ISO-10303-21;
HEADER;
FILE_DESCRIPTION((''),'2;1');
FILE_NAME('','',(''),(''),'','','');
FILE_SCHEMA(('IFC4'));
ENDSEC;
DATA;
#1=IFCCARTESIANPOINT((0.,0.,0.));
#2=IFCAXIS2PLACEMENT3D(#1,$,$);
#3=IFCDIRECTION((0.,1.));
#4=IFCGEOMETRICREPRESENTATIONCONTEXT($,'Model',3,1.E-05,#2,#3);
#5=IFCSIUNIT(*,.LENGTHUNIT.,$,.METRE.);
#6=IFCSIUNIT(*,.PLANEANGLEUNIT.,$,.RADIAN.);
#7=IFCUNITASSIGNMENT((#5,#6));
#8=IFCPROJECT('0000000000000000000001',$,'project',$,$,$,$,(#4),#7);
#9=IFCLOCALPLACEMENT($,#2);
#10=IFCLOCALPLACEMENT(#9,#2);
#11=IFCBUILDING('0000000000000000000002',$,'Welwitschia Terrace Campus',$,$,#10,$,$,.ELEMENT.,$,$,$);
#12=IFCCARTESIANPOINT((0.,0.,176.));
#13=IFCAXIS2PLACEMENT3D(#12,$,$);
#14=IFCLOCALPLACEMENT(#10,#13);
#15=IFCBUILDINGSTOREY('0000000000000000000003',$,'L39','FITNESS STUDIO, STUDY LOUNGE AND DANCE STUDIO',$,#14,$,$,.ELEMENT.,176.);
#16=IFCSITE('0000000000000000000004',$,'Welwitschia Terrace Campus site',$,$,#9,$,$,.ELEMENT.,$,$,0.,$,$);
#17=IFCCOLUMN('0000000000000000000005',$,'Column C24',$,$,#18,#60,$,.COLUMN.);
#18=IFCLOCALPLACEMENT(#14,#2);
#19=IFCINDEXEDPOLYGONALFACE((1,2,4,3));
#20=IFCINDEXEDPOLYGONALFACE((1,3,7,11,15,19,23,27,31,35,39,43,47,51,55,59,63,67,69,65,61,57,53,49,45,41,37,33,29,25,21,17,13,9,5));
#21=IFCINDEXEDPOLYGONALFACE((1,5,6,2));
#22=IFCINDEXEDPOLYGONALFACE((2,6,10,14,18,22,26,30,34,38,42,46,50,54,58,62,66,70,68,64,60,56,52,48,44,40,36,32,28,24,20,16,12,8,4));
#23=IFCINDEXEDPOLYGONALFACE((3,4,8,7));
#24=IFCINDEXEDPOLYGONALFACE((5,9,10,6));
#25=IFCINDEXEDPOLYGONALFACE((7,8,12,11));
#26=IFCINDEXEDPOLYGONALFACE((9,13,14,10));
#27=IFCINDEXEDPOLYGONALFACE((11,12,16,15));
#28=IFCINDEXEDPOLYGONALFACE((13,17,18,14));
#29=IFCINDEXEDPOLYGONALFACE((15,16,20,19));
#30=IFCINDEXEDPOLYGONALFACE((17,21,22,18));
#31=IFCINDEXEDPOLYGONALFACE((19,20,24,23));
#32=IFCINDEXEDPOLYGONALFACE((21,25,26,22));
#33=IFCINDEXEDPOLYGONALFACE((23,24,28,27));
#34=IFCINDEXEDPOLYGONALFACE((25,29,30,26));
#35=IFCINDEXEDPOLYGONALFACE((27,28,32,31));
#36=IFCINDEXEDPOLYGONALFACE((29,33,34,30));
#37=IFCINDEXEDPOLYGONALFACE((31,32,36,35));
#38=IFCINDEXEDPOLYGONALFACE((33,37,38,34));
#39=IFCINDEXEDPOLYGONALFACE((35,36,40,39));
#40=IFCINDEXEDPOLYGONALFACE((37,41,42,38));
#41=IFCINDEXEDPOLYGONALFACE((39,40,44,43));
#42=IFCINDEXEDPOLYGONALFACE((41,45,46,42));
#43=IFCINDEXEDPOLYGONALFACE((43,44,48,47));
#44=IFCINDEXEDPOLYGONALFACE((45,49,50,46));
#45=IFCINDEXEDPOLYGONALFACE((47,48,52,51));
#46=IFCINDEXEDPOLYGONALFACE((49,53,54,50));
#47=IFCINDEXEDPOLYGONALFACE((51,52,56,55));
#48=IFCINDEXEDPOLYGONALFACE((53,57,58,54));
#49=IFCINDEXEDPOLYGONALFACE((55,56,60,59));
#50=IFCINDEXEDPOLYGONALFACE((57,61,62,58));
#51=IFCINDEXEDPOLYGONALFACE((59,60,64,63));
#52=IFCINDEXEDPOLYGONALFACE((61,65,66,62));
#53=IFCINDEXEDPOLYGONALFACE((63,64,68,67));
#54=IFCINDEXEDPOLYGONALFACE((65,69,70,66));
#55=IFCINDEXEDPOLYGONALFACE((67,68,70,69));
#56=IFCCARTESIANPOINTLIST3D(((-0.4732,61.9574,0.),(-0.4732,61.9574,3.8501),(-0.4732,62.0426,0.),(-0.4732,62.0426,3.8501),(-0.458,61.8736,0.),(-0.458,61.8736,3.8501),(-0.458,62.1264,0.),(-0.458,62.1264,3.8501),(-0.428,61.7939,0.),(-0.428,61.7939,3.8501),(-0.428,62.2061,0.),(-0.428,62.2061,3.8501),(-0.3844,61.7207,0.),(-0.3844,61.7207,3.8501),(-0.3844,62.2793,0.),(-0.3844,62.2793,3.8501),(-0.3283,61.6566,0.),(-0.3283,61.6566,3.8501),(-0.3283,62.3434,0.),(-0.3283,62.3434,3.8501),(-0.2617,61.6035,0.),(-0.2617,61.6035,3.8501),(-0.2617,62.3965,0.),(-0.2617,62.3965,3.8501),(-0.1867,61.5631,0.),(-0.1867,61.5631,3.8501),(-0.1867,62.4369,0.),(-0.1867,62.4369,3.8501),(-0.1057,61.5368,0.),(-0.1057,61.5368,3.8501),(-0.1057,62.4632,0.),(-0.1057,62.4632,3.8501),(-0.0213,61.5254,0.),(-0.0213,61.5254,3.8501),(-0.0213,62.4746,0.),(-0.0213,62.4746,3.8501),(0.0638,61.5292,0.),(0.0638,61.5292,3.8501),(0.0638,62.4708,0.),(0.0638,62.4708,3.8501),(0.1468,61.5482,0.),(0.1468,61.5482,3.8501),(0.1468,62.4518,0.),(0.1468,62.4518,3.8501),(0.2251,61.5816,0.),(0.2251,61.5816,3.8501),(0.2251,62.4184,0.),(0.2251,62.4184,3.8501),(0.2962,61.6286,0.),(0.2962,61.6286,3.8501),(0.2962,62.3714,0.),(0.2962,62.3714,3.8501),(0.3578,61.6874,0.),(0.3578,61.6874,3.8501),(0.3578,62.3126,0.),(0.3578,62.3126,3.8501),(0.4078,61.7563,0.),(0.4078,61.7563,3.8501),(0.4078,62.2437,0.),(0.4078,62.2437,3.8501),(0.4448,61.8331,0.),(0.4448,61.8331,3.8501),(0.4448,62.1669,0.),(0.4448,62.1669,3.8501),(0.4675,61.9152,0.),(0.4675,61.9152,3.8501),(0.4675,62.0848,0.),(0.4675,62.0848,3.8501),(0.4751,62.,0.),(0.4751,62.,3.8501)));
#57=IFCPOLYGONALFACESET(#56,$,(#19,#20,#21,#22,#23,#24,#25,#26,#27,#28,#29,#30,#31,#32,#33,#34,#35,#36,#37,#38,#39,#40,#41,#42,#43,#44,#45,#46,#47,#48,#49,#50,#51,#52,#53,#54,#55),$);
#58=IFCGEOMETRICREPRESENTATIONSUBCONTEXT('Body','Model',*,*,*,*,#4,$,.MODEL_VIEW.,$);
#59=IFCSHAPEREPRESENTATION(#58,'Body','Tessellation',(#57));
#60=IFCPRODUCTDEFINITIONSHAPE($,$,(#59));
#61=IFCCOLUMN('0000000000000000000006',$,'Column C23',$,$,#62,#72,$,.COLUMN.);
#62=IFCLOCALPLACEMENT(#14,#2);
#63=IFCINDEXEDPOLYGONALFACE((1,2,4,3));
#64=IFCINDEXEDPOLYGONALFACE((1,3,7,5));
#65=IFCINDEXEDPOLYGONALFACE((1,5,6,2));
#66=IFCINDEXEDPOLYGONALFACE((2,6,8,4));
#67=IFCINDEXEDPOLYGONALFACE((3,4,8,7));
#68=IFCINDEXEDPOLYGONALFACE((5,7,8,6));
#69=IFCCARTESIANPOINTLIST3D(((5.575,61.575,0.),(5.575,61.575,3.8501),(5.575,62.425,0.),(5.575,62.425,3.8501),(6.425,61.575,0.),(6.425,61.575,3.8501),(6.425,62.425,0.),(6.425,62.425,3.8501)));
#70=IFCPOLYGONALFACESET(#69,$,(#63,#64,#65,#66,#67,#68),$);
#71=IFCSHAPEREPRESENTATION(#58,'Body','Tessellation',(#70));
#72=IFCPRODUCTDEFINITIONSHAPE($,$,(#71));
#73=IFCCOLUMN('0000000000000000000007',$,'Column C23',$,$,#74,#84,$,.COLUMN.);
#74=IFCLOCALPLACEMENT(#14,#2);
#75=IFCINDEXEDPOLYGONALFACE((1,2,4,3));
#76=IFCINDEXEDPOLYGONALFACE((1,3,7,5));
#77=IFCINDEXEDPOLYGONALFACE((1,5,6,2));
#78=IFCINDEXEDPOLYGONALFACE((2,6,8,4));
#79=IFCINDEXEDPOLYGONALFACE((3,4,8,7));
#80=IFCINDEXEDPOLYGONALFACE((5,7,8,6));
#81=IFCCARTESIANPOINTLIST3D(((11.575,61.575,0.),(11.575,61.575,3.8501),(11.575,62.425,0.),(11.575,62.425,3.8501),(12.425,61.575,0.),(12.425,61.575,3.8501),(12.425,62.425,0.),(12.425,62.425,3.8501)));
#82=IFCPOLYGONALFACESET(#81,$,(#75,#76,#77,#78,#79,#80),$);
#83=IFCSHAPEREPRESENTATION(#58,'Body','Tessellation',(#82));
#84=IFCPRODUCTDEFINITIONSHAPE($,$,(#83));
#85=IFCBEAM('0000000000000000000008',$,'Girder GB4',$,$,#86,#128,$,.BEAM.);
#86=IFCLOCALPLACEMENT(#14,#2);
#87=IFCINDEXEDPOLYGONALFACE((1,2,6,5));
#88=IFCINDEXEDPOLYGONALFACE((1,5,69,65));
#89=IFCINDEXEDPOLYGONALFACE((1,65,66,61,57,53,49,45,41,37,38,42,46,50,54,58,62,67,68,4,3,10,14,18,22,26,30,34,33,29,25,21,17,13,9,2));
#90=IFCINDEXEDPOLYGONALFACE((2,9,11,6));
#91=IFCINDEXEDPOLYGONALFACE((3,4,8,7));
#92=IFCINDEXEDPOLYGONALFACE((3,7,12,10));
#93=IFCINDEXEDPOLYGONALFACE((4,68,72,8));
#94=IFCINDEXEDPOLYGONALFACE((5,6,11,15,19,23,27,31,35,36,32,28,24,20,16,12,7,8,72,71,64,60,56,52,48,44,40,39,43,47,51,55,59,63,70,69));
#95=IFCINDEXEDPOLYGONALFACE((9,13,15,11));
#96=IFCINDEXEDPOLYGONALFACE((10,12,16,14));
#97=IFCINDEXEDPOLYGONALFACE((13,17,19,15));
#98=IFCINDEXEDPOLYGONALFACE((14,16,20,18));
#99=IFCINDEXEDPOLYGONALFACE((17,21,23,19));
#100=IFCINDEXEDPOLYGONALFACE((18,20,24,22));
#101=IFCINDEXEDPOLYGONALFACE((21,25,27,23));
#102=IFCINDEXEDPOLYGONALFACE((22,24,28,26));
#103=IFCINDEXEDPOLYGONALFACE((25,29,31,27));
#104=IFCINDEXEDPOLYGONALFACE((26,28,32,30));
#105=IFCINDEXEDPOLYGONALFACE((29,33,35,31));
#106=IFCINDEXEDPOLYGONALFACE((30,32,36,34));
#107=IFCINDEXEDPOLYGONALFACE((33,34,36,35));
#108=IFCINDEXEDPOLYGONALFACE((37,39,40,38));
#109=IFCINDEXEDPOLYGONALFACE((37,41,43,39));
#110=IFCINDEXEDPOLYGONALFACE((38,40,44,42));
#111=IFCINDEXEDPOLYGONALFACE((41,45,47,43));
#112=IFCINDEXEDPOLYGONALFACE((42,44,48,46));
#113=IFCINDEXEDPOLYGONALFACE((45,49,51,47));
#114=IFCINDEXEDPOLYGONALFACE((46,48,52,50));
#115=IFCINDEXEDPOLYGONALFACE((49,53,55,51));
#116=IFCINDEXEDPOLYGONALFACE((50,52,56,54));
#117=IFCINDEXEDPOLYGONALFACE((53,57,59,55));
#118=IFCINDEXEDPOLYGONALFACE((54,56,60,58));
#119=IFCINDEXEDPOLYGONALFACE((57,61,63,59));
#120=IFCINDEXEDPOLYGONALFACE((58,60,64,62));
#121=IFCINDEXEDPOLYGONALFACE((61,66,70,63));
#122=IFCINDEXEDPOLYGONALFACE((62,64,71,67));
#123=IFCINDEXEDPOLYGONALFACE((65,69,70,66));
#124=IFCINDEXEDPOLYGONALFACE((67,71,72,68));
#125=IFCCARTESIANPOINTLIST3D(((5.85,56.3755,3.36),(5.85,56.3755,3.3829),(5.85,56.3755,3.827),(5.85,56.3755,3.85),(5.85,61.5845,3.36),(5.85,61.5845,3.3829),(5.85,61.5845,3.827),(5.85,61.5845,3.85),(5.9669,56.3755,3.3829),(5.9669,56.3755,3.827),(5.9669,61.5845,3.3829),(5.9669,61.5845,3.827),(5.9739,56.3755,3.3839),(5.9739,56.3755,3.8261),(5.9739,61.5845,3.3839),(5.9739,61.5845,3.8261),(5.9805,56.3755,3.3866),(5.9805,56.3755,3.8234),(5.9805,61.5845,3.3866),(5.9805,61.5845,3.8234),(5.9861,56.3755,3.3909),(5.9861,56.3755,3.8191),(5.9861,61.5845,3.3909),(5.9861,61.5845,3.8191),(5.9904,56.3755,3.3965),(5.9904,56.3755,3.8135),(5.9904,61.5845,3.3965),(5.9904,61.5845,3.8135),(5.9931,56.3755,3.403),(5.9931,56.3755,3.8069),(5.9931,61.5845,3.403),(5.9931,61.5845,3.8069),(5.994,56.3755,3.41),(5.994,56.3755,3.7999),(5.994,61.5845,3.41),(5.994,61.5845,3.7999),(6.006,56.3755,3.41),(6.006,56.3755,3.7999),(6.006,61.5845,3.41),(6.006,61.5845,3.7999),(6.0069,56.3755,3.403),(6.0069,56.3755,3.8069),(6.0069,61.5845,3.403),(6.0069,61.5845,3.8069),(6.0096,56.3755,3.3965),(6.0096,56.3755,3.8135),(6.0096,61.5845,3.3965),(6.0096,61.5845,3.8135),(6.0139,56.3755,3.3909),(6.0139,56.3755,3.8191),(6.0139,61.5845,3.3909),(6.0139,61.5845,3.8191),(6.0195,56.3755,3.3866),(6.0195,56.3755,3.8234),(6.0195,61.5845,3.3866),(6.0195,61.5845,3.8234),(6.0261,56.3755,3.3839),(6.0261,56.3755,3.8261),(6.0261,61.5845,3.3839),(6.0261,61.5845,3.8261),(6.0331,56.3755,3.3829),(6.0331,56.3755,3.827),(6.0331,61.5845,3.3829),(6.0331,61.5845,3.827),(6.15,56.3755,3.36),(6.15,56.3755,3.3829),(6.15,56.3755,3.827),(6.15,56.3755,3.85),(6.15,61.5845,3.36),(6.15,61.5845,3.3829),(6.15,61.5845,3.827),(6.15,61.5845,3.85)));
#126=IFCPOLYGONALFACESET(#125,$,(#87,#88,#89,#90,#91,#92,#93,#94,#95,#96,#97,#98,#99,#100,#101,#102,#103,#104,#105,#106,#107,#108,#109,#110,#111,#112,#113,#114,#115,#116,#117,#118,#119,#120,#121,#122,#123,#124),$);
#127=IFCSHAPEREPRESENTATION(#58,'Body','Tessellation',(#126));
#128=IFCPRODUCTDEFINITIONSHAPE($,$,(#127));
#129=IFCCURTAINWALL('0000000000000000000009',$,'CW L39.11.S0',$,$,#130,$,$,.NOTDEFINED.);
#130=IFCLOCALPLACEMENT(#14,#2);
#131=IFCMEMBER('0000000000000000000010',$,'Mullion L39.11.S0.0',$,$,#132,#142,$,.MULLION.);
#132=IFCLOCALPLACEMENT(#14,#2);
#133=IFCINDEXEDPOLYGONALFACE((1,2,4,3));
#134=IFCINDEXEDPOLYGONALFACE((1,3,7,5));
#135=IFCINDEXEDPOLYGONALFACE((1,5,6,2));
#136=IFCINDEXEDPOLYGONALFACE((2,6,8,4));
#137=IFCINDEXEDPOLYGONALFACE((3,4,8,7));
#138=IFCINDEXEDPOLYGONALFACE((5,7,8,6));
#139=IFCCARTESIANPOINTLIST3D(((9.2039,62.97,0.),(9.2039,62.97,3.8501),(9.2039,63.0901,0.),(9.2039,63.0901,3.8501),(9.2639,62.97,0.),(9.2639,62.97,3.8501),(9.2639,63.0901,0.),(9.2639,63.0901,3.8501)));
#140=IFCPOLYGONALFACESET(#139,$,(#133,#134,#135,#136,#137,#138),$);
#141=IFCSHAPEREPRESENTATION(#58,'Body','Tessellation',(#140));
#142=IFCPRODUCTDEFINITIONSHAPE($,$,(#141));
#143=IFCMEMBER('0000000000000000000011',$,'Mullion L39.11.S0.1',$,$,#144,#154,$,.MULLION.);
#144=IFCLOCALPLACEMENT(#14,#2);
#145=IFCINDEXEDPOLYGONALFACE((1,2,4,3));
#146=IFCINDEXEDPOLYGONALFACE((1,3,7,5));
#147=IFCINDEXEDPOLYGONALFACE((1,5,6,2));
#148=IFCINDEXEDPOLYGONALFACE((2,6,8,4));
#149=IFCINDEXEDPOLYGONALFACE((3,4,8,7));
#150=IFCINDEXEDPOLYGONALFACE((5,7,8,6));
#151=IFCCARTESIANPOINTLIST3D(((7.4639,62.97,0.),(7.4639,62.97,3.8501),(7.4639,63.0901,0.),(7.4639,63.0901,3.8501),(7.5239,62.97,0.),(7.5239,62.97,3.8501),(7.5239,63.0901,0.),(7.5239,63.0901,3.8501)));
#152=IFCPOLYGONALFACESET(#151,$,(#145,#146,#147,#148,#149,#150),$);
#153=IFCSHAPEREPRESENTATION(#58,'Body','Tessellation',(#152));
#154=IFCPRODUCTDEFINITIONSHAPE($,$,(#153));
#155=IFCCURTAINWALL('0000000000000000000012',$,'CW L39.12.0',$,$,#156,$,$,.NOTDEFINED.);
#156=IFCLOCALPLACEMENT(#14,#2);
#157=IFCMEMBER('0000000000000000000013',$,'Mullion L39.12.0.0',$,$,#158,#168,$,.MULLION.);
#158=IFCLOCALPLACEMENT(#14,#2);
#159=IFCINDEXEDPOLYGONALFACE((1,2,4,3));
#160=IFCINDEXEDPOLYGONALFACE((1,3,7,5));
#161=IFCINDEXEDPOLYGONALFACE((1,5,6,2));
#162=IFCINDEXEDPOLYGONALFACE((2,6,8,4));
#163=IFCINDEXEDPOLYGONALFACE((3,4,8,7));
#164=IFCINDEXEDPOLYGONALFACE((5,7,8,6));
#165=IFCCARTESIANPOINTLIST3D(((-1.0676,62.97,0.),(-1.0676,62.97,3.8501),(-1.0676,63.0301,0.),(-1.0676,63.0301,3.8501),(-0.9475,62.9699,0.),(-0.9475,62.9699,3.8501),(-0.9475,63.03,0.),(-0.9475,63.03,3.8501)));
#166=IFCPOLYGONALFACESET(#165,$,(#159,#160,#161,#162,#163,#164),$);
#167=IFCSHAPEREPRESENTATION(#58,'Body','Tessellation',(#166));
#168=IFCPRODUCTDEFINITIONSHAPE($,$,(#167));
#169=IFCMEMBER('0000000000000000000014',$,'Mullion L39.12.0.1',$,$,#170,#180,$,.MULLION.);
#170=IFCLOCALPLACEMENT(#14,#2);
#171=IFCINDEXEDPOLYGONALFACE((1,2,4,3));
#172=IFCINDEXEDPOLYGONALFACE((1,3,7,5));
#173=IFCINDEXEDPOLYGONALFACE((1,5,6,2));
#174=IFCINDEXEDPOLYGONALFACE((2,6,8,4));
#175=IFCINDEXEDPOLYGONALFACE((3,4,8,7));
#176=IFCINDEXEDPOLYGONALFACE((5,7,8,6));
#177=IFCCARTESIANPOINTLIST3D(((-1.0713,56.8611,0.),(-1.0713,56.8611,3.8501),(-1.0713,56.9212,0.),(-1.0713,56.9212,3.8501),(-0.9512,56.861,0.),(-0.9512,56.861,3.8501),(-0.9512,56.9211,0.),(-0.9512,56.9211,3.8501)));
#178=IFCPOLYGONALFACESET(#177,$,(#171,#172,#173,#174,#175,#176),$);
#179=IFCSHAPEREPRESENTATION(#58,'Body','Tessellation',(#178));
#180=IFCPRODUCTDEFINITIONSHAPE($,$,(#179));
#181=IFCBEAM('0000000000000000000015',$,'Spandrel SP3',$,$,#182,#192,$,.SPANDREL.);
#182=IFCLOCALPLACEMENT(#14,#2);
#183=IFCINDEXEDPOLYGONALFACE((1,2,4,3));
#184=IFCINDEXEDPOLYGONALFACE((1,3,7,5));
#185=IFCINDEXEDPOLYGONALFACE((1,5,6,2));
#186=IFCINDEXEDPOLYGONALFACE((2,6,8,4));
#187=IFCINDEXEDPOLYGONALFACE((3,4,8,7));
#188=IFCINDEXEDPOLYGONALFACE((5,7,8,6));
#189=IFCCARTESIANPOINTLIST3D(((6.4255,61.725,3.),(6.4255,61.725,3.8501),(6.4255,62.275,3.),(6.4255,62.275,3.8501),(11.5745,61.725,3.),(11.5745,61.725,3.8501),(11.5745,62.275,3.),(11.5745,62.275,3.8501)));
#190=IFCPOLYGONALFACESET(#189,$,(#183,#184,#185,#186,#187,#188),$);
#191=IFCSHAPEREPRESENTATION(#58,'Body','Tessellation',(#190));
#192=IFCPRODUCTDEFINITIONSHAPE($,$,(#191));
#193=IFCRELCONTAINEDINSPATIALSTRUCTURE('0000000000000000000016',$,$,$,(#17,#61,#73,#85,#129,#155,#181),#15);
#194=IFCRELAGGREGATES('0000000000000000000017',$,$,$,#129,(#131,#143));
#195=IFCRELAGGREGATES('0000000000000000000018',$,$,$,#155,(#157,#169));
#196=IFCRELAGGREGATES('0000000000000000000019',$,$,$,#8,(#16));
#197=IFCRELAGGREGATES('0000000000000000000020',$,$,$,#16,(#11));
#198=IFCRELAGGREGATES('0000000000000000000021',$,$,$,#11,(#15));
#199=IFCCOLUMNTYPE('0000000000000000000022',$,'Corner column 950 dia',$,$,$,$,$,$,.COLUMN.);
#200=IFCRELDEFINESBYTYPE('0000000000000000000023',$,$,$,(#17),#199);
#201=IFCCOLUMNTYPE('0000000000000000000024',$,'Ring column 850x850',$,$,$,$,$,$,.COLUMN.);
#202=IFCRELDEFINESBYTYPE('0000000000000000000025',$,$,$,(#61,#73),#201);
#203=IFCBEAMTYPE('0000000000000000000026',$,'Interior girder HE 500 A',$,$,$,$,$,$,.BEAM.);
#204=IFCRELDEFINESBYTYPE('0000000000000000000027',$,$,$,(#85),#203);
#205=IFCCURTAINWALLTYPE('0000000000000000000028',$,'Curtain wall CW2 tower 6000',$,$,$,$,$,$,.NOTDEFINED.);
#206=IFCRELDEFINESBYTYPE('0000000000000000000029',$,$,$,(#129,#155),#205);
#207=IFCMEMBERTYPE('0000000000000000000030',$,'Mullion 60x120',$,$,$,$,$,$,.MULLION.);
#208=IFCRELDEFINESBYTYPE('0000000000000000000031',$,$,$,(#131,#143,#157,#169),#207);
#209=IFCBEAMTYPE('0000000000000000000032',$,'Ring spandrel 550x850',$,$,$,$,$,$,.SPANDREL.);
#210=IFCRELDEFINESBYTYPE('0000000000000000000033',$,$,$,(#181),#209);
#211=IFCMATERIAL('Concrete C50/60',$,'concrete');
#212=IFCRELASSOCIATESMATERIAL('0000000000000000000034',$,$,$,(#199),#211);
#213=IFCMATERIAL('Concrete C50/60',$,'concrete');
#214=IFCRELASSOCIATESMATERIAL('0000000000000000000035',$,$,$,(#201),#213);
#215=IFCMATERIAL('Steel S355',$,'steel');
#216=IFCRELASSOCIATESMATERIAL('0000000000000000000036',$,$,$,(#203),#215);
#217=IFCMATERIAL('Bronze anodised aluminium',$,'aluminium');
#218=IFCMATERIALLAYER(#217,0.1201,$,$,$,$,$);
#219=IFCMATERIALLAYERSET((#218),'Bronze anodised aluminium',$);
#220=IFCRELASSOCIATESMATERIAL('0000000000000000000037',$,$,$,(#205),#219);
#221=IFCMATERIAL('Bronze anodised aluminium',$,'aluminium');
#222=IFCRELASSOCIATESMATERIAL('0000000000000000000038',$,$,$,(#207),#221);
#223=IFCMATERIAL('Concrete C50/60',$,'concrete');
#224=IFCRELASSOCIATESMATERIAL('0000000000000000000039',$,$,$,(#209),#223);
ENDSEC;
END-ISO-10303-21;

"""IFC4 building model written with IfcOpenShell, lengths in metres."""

from ifc_helpers import new_model, si_unit, direction, frame, origin, origin_2d, place, context, subcontext, project, spatial, rectangle, circle, i_section, extrude, material, layer, layer_set, material_profile, profile_set, type_object, element, aggregate, save


model = new_model("IFC4")

# Units and contexts
model_context = context("Model", 3, precision=1e-05, world=origin(), true_north=direction((0.0, 1.0)))
body_context = subcontext(model_context, "Body", "Model", "MODEL_VIEW")
ifc_project = project(units=[si_unit("LENGTHUNIT", "METRE"), si_unit("PLANEANGLEUNIT", "RADIAN")], contexts=[model_context])

# Site, building, storey
site_placement = place(None, origin())
site = spatial("IfcSite", under=ifc_project, at=site_placement, Name="Welwitschia Terrace Campus site", CompositionType="ELEMENT", RefElevation=0.0)
building_placement = place(site_placement, origin())
building = spatial("IfcBuilding", under=site, at=building_placement, Name="Welwitschia Terrace Campus", CompositionType="ELEMENT")
storey_placement = place(building_placement, frame((0.0, 0.0, 176.0)))
storey = spatial("IfcBuildingStorey", under=building, at=storey_placement, Name="L39", Description="FITNESS STUDIO, STUDY LOUNGE AND DANCE STUDIO", CompositionType="ELEMENT", Elevation=176.0)

# Columns
ifc_material_1 = material(Name="Concrete C50/60", Category="concrete")
ifc_material_profile_1 = material_profile(ifc_material_1, circle(Radius=0.4751, at=origin_2d()))
ifc_profile_set_1 = profile_set([ifc_material_profile_1], Name="Concrete C50/60")
column_type_1 = type_object("IfcColumnType", Name="Corner column 950 dia", PredefinedType="COLUMN", material=ifc_profile_set_1)
column_placement = place(storey_placement, frame((0.0, 62.0, 0.0), z_axis=(0.0, 0.0, 1.0), x_axis=(1.0, 0.0, 0.0)))
element("IfcColumn", 1, at=column_placement, inside=storey, type_object=column_type_1, Name="Column C24", PredefinedType="COLUMN", context=body_context, shape_type="SweptSolid", body=[
    extrude(circle(Radius=0.4751, at=origin_2d()), origin(), (0.0, 0.0, 1.0), 3.8501),
])
ifc_material_2 = material(Name="Concrete C50/60", Category="concrete")
ifc_material_profile_2 = material_profile(ifc_material_2, rectangle(XDim=0.8501, YDim=0.8501, at=origin_2d()))
ifc_profile_set_2 = profile_set([ifc_material_profile_2], Name="Concrete C50/60")
column_type_2 = type_object("IfcColumnType", Name="Ring column 850x850", PredefinedType="COLUMN", material=ifc_profile_set_2)
for number, where, z_axis, x_axis, name in (
    (2, (6.0, 62.0, 0.0), (0.0, 0.0, 1.0), (1.0, 0.0, 0.0), "Column C23"),
    (3, (12.0, 62.0, 0.0), (0.0, 0.0, 1.0), (1.0, 0.0, 0.0), "Column C23"),
):
    element("IfcColumn", number, at=place(storey_placement, frame(where, z_axis=z_axis, x_axis=x_axis)), inside=storey, type_object=column_type_2, Name=name, PredefinedType="COLUMN", context=body_context, shape_type="SweptSolid", body=[
        extrude(rectangle(XDim=0.8501, YDim=0.8501, at=origin_2d()), origin(), (0.0, 0.0, 1.0), 3.8501),
    ])

# Beam
ifc_material_3 = material(Name="Steel S355", Category="steel")
ifc_material_profile_3 = material_profile(ifc_material_3, i_section(OverallWidth=0.3, OverallDepth=0.49, WebThickness=0.012, FlangeThickness=0.0229, FilletRadius=0.0271, at=origin_2d()))
ifc_profile_set_3 = profile_set([ifc_material_profile_3], Name="Steel S355")
beam_type_1 = type_object("IfcBeamType", Name="Interior girder HE 500 A", PredefinedType="BEAM", material=ifc_profile_set_3)
beam_1_placement = place(storey_placement, frame((6.0, 56.3755, 3.605), z_axis=(0.0, 1.0, 0.0), x_axis=(-1.0, 0.0, 0.0)))
element("IfcBeam", 4, at=beam_1_placement, inside=storey, type_object=beam_type_1, Name="Girder GB4", PredefinedType="BEAM", context=body_context, shape_type="SweptSolid", body=[
    extrude(i_section(OverallWidth=0.3, OverallDepth=0.49, WebThickness=0.012, FlangeThickness=0.0229, FilletRadius=0.0271, at=origin_2d()), origin(), (0.0, 0.0, 1.0), 5.209),
])

# Curtain walls, members
ifc_material_4 = material(Name="Bronze anodised aluminium", Category="aluminium")
ifc_layer_1 = layer(ifc_material_4, 0.1201)
ifc_layer_set_1 = layer_set([ifc_layer_1], Name="Bronze anodised aluminium")
curtain_wall_type = type_object("IfcCurtainWallType", Name="Curtain wall CW2 tower 6000", PredefinedType="NOTDEFINED", material=ifc_layer_set_1)
curtain_wall_1_placement = place(storey_placement, origin())
curtain_wall_1 = element("IfcCurtainWall", 5, at=curtain_wall_1_placement, inside=storey, type_object=curtain_wall_type, Name="CW L39.11.S0", PredefinedType="NOTDEFINED")
ifc_material_5 = material(Name="Bronze anodised aluminium", Category="aluminium")
ifc_material_profile_4 = material_profile(ifc_material_5, rectangle(XDim=0.1201, YDim=0.0601, at=origin_2d()))
ifc_profile_set_4 = profile_set([ifc_material_profile_4], Name="Bronze anodised aluminium")
member_type_1 = type_object("IfcMemberType", Name="Mullion 60x120", PredefinedType="MULLION", material=ifc_profile_set_4)
member_1_placement = place(storey_placement, frame((9.2339, 63.03, 0.0), z_axis=(0.0, 0.0, 1.0), x_axis=(0.0, -1.0, 0.0)))
member_1 = element("IfcMember", 6, at=member_1_placement, type_object=member_type_1, Name="Mullion L39.11.S0.0", PredefinedType="MULLION", context=body_context, shape_type="SweptSolid", body=[
    extrude(rectangle(XDim=0.1201, YDim=0.0601, at=origin_2d()), origin(), (0.0, 0.0, 1.0), 3.8501),
])
member_2_placement = place(storey_placement, frame((7.4939, 63.03, 0.0), z_axis=(0.0, 0.0, 1.0), x_axis=(0.0, -1.0, 0.0)))
member_2 = element("IfcMember", 7, at=member_2_placement, type_object=member_type_1, Name="Mullion L39.11.S0.1", PredefinedType="MULLION", context=body_context, shape_type="SweptSolid", body=[
    extrude(rectangle(XDim=0.1201, YDim=0.0601, at=origin_2d()), origin(), (0.0, 0.0, 1.0), 3.8501),
])
curtain_wall_2_placement = place(storey_placement, origin())
curtain_wall_2 = element("IfcCurtainWall", 8, at=curtain_wall_2_placement, inside=storey, type_object=curtain_wall_type, Name="CW L39.12.0", PredefinedType="NOTDEFINED")
member_3_placement = place(storey_placement, frame((-1.0076, 63.0, 0.0), z_axis=(0.0, 0.0, 1.0), x_axis=(1.0, -0.000608, 0.0)))
member_3 = element("IfcMember", 9, at=member_3_placement, type_object=member_type_1, Name="Mullion L39.12.0.0", PredefinedType="MULLION", context=body_context, shape_type="SweptSolid", body=[
    extrude(rectangle(XDim=0.1201, YDim=0.0601, at=origin_2d()), origin(), (0.0, 0.0, 1.0), 3.8501),
])
member_4_placement = place(storey_placement, frame((-1.0112, 56.8911, 0.0), z_axis=(0.0, 0.0, 1.0), x_axis=(1.0, -0.000608, 0.0)))
member_4 = element("IfcMember", 10, at=member_4_placement, type_object=member_type_1, Name="Mullion L39.12.0.1", PredefinedType="MULLION", context=body_context, shape_type="SweptSolid", body=[
    extrude(rectangle(XDim=0.1201, YDim=0.0601, at=origin_2d()), origin(), (0.0, 0.0, 1.0), 3.8501),
])

# Beam
ifc_material_6 = material(Name="Concrete C50/60", Category="concrete")
ifc_material_profile_5 = material_profile(ifc_material_6, rectangle(XDim=0.55, YDim=0.8501, at=origin_2d()))
ifc_profile_set_5 = profile_set([ifc_material_profile_5], Name="Concrete C50/60")
beam_type_2 = type_object("IfcBeamType", Name="Ring spandrel 550x850", PredefinedType="SPANDREL", material=ifc_profile_set_5)
beam_2_placement = place(storey_placement, frame((11.5745, 62.0, 3.425), z_axis=(-1.0, 0.0, 0.0), x_axis=(0.0, -1.0, 0.0)))
element("IfcBeam", 11, at=beam_2_placement, inside=storey, type_object=beam_type_2, Name="Spandrel SP3", PredefinedType="SPANDREL", context=body_context, shape_type="SweptSolid", body=[
    extrude(rectangle(XDim=0.55, YDim=0.8501, at=origin_2d()), origin(), (0.0, 0.0, 1.0), 5.1489),
])

aggregate(curtain_wall_1, [member_1, member_2])
aggregate(curtain_wall_2, [member_3, member_4])

save(model, "model.ifc")
